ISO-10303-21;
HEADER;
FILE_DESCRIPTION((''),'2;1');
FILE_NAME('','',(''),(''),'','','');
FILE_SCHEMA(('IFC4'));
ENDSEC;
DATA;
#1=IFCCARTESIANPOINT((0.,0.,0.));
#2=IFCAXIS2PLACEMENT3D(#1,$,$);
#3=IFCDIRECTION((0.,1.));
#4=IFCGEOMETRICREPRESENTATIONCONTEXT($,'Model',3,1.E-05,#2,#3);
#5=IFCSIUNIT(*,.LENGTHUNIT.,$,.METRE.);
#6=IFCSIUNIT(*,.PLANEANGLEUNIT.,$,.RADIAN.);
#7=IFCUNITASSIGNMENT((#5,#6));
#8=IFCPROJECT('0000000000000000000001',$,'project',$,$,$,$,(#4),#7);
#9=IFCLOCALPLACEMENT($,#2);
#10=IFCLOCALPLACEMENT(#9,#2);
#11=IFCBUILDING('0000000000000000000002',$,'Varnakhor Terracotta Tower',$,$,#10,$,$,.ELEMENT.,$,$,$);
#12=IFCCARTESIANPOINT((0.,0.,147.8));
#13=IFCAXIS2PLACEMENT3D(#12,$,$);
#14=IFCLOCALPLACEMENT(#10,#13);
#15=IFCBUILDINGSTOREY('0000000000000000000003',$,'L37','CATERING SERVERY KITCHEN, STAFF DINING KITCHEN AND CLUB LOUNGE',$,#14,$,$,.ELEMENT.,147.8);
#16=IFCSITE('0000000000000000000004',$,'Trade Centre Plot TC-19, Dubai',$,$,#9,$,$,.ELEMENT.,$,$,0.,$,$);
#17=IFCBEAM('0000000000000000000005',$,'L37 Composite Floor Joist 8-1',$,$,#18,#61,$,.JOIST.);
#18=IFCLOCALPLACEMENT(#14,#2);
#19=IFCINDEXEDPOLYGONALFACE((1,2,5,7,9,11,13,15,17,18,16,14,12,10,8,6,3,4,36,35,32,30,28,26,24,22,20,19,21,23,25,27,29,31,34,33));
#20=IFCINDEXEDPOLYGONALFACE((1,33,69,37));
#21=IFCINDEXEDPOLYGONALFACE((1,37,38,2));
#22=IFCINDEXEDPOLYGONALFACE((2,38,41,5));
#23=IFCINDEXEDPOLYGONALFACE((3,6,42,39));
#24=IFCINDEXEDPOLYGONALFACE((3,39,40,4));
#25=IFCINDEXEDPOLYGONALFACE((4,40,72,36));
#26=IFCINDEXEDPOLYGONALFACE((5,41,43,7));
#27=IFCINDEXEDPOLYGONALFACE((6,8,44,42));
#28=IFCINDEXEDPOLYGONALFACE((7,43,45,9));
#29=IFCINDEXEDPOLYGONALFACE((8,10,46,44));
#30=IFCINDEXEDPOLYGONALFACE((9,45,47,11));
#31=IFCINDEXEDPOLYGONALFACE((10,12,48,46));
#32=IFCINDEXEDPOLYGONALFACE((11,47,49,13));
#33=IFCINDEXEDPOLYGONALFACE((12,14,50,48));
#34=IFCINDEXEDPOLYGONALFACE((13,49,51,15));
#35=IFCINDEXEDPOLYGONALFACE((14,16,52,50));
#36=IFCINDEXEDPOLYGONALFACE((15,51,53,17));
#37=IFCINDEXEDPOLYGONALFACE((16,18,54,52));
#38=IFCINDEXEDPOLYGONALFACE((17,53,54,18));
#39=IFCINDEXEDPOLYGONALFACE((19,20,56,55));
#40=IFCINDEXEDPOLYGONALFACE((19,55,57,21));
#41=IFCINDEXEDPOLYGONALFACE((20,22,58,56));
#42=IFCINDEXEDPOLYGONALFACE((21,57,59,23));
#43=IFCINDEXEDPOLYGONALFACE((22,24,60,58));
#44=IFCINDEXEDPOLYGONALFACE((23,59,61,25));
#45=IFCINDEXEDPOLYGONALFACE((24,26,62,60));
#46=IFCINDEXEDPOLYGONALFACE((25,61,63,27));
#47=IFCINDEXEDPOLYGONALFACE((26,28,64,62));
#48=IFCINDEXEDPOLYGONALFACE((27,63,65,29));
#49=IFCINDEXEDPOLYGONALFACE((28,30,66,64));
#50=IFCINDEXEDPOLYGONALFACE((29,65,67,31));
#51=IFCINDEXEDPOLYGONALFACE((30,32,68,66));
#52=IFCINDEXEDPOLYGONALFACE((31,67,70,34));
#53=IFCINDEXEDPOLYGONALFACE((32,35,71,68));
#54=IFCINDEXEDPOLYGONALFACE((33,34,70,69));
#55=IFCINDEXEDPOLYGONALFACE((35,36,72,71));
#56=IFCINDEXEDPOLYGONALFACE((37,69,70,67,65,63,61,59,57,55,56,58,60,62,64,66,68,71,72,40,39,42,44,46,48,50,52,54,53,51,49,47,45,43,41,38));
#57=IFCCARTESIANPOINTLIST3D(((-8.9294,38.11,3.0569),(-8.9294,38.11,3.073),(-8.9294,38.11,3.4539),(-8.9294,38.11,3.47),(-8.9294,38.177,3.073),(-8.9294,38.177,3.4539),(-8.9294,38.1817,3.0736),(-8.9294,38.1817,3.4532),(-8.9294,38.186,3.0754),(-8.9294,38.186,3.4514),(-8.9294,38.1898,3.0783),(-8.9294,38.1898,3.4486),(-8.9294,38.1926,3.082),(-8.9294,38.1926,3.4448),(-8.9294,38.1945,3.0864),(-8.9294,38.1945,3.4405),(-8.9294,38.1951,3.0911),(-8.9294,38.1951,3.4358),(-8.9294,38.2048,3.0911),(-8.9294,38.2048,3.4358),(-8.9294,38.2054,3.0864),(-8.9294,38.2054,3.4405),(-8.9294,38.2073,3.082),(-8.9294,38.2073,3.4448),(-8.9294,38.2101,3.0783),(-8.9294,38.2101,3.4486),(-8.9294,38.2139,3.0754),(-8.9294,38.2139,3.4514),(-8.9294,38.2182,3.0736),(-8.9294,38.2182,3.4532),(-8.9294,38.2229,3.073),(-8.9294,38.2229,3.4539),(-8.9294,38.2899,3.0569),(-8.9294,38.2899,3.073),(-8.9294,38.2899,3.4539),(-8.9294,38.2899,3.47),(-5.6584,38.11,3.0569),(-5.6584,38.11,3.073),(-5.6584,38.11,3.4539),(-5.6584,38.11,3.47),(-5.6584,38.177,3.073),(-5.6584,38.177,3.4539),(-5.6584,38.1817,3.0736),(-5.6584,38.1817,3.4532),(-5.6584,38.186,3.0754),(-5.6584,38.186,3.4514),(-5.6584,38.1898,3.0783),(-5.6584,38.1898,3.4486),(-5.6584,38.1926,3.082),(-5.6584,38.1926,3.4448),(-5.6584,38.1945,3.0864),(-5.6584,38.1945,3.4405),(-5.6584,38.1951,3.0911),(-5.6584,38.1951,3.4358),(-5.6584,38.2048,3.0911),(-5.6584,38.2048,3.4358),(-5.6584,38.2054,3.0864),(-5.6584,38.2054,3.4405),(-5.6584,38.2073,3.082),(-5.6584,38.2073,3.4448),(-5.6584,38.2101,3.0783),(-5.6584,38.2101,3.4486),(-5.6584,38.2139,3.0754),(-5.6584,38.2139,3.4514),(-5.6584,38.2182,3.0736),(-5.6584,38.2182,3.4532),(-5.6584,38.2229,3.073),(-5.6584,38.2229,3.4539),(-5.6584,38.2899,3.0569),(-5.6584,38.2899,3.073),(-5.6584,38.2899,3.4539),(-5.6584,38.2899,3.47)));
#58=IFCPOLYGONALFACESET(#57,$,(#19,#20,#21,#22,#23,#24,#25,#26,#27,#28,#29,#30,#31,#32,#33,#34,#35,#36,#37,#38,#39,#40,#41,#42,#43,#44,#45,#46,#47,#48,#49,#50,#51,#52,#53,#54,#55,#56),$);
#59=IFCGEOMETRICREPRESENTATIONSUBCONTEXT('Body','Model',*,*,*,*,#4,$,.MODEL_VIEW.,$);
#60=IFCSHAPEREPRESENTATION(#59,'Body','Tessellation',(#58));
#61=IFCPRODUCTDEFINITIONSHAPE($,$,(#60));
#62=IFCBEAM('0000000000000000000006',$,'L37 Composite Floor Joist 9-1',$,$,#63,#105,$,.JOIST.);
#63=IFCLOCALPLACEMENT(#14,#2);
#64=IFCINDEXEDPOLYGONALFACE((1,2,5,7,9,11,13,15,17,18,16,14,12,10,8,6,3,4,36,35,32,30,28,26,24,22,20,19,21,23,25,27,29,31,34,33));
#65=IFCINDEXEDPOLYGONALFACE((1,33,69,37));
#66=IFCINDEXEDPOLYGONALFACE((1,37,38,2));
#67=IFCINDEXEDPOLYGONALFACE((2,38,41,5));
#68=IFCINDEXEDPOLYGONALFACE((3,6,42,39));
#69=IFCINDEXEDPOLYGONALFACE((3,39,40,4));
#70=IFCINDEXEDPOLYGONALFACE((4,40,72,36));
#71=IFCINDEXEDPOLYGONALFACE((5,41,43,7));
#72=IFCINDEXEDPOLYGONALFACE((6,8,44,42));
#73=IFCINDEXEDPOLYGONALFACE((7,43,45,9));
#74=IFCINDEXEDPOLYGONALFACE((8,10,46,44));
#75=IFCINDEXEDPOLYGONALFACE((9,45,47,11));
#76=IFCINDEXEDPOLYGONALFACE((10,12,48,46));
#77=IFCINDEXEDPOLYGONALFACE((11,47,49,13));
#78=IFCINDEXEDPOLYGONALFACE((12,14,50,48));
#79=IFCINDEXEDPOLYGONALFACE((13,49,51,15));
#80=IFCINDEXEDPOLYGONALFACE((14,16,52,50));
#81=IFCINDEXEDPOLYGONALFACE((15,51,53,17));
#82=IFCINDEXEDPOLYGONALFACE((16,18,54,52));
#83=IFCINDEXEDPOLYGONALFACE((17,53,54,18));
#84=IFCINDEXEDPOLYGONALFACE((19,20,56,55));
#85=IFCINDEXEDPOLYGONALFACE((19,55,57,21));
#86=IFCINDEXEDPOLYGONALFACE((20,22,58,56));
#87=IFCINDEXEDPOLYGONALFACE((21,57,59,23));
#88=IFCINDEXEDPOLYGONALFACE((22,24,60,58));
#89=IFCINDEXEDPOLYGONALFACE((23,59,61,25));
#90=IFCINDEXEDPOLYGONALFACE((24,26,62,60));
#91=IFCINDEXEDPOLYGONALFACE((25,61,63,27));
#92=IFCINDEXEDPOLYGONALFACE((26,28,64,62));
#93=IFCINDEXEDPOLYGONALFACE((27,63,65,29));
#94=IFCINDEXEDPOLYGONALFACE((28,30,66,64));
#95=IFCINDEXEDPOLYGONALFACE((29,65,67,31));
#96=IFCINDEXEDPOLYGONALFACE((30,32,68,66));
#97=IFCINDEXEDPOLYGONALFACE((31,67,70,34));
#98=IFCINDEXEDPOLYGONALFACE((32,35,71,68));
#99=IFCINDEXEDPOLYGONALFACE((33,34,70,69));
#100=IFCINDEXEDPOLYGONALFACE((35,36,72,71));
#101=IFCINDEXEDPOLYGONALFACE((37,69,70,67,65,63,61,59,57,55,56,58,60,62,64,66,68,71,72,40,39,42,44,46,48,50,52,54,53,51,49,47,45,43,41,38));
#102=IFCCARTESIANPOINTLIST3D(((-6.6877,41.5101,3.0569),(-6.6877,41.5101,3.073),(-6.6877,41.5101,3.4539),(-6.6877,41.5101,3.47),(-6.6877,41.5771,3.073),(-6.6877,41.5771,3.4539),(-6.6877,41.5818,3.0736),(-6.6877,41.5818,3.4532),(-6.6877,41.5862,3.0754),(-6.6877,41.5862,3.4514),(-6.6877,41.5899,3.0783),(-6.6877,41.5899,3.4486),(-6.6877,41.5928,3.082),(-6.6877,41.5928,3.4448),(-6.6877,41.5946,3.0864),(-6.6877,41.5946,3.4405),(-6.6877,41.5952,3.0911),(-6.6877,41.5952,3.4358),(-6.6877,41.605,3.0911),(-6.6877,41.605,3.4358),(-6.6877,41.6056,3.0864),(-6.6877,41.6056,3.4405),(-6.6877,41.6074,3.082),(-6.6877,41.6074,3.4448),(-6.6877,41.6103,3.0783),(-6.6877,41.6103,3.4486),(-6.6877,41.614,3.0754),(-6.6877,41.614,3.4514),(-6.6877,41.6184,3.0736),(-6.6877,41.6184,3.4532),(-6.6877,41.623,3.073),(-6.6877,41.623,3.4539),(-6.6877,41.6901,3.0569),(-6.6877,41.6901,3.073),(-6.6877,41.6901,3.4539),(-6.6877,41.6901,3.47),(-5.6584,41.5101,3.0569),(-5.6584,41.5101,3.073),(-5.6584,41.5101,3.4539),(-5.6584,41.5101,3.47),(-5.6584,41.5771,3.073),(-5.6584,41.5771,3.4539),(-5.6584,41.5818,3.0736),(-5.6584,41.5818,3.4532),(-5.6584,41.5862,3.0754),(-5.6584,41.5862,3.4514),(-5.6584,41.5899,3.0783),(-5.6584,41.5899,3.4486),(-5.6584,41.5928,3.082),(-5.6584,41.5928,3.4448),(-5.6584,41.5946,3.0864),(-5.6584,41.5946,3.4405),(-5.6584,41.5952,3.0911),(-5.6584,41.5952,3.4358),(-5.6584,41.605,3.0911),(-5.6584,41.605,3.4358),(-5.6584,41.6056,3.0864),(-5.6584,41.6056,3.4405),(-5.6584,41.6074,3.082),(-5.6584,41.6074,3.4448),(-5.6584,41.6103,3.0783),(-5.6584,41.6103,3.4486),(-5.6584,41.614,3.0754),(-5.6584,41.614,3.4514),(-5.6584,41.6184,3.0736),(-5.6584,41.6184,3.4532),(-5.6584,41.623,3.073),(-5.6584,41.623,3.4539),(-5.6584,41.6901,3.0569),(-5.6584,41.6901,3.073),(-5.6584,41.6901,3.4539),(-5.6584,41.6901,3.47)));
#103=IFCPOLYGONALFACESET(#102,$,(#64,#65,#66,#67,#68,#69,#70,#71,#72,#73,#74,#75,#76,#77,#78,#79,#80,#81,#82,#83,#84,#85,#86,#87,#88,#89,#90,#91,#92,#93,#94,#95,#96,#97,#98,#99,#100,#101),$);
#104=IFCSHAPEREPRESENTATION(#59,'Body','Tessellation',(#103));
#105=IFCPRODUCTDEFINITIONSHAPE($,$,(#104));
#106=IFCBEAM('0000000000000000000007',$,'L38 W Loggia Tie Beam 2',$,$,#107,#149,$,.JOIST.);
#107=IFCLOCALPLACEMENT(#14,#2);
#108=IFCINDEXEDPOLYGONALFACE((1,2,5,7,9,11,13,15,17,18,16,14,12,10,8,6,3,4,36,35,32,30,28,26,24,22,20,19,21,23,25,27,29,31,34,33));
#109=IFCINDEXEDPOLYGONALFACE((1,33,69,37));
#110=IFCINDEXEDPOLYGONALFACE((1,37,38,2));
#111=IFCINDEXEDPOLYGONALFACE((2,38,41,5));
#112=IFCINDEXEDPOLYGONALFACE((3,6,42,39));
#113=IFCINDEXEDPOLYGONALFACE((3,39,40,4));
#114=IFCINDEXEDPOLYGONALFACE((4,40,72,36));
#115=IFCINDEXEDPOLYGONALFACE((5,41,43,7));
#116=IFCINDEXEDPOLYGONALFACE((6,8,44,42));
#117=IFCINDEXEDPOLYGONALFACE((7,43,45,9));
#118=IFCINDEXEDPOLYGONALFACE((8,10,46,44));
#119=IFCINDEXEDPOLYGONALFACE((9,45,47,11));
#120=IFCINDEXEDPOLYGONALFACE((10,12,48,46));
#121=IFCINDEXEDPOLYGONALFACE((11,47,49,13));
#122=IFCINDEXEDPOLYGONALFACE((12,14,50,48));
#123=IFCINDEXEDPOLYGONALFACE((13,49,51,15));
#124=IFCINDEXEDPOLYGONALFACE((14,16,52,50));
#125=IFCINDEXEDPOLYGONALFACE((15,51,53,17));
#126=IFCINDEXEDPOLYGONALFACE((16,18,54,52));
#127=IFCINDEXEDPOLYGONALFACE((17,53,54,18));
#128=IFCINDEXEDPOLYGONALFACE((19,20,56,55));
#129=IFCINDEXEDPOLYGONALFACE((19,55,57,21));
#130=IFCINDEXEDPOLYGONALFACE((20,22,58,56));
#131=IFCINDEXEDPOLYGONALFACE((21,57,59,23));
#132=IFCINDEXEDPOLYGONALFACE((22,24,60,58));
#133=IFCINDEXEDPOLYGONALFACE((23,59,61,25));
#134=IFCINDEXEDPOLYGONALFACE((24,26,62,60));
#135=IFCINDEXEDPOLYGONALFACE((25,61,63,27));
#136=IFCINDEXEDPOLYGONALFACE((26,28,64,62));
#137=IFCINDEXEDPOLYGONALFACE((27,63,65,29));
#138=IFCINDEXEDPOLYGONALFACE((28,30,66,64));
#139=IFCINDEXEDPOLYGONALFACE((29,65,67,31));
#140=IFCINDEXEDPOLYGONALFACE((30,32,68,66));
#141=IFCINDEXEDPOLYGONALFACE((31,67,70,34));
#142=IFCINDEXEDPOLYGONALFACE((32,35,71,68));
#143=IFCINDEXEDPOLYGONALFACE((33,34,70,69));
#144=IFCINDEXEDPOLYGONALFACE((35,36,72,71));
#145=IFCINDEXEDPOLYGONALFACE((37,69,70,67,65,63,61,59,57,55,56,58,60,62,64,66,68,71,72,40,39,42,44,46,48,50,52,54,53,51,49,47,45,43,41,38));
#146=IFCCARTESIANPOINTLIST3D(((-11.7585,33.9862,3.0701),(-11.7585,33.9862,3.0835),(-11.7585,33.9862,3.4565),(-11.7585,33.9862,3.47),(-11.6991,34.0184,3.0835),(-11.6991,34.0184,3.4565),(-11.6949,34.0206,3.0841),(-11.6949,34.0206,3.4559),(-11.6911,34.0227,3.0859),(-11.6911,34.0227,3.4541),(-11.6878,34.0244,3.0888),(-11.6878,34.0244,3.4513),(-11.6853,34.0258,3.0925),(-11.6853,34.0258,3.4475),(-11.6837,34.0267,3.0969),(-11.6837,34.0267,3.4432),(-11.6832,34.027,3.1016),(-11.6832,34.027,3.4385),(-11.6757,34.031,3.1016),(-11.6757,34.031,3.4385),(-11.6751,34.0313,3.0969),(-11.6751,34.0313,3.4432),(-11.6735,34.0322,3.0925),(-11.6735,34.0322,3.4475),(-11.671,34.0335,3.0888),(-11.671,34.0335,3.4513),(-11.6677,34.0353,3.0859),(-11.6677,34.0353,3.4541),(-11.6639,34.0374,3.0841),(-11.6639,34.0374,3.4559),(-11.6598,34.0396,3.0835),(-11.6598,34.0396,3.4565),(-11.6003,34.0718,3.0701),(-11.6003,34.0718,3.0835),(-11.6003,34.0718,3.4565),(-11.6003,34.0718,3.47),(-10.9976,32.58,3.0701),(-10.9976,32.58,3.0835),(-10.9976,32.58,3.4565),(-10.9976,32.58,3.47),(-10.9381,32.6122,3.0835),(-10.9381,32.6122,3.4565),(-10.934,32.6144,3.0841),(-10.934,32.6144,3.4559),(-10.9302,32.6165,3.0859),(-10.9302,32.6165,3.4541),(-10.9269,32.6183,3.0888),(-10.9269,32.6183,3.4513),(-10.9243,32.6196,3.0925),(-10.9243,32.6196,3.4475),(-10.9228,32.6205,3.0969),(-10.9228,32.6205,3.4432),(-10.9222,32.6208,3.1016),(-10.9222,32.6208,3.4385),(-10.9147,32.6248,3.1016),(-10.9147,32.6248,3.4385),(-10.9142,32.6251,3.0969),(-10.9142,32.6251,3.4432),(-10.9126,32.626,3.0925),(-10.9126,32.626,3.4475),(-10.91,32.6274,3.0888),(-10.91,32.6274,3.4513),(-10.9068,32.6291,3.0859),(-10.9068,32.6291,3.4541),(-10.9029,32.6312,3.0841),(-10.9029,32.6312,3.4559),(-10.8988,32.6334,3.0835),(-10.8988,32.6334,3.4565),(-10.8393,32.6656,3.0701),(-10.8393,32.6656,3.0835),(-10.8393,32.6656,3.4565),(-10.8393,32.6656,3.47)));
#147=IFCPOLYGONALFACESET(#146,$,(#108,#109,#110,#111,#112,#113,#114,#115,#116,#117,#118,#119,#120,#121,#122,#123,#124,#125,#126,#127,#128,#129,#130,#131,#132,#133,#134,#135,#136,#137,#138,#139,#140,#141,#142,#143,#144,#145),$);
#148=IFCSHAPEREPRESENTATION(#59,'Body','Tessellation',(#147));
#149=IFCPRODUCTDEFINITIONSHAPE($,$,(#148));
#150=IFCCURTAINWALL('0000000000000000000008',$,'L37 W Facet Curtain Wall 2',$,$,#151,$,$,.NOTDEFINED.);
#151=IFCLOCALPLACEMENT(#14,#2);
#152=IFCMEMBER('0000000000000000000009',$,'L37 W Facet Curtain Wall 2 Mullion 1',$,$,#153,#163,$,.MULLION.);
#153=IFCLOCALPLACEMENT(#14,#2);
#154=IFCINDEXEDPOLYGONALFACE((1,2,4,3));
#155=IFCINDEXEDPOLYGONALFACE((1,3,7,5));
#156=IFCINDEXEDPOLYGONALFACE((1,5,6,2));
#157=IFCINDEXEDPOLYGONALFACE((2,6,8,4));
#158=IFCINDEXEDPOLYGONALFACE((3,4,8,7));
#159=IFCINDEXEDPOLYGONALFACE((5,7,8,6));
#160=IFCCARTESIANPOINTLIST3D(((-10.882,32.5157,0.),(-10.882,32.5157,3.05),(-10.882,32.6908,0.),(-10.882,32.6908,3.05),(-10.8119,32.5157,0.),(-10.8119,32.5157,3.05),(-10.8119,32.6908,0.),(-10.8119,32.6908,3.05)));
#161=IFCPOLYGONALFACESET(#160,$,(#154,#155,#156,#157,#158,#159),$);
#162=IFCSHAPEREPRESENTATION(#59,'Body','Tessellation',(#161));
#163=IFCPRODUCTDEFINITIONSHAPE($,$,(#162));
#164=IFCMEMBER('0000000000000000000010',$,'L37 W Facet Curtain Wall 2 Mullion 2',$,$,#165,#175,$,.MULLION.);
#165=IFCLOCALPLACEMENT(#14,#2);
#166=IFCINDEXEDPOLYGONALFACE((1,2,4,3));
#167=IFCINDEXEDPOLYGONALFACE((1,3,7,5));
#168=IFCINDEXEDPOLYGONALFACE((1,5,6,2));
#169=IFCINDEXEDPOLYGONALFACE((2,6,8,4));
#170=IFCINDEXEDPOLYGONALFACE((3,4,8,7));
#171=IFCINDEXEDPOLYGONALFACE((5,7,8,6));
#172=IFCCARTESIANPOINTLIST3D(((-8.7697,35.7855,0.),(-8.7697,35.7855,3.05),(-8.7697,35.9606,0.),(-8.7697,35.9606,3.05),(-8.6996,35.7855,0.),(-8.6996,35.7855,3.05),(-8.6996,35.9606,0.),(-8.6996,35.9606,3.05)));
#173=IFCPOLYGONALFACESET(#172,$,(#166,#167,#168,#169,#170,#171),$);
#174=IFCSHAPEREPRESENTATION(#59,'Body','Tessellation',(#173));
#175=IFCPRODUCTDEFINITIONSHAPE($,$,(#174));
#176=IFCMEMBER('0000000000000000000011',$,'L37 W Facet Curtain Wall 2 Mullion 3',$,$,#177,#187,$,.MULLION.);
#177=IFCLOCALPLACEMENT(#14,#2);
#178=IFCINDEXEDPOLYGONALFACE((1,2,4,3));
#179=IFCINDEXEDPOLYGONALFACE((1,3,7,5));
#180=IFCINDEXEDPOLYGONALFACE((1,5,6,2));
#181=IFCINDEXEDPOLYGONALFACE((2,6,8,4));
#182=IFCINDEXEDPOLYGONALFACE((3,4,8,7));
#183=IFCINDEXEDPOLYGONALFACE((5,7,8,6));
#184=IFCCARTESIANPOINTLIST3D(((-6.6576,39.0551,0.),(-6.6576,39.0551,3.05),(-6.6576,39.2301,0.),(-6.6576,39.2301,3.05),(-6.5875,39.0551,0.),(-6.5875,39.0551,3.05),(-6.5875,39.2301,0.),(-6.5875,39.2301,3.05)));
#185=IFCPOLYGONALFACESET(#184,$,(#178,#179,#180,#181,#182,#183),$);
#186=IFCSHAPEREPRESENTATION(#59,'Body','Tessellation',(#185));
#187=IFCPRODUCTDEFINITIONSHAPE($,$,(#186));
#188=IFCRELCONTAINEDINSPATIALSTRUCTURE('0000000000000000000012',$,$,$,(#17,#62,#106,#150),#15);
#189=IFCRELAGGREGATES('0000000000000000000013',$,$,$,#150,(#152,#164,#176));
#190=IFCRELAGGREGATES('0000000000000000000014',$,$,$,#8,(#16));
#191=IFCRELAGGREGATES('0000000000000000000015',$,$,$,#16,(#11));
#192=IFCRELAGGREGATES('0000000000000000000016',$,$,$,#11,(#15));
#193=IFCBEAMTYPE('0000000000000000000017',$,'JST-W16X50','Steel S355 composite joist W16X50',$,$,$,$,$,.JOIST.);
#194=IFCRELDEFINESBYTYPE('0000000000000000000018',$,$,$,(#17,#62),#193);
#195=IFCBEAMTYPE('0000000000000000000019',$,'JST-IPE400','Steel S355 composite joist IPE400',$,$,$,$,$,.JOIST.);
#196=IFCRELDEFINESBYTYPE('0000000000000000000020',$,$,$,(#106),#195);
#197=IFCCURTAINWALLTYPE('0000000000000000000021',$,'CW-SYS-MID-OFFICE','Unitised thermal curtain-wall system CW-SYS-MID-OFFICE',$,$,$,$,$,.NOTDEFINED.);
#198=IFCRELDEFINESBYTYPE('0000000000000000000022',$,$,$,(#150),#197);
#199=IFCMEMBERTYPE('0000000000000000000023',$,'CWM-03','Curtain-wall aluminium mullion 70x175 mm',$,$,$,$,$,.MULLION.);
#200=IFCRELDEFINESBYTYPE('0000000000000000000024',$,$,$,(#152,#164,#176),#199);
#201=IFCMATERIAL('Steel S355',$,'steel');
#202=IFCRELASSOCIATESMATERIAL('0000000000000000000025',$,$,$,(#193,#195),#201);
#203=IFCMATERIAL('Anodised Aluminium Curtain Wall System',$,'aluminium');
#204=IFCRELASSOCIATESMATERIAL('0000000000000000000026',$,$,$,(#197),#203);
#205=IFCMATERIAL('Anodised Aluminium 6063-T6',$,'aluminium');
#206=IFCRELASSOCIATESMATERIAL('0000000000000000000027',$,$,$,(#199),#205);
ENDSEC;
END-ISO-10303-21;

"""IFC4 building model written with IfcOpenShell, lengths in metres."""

from ifc_helpers import new_model, si_unit, direction, frame, origin, origin_2d, place, context, subcontext, project, spatial, rectangle, i_section, extrude, source, transform, mapped, material, material_profile, profile_set, type_object, element, aggregate, save


model = new_model("IFC4")

# Units and contexts
model_context = context("Model", 3, precision=1e-05, world=origin(), true_north=direction((0.0, 1.0)))
body_context = subcontext(model_context, "Body", "Model", "MODEL_VIEW")
ifc_project = project(units=[si_unit("LENGTHUNIT", "METRE"), si_unit("PLANEANGLEUNIT", "RADIAN")], contexts=[model_context])

# Site, building, storey
site_placement = place(None, origin())
site = spatial("IfcSite", under=ifc_project, at=site_placement, Name="Trade Centre Plot TC-19, Dubai", CompositionType="ELEMENT", RefElevation=0.0)
building_placement = place(site_placement, origin())
building = spatial("IfcBuilding", under=site, at=building_placement, Name="Varnakhor Terracotta Tower", CompositionType="ELEMENT")
storey_placement = place(building_placement, frame((0.0, 0.0, 147.8)))
storey = spatial("IfcBuildingStorey", under=building, at=storey_placement, Name="L37", Description="CATERING SERVERY KITCHEN, STAFF DINING KITCHEN AND CLUB LOUNGE", CompositionType="ELEMENT", Elevation=147.8)

# Beams
ifc_material_1 = material(Name="Steel S355", Category="steel")
ifc_material_profile_1 = material_profile(ifc_material_1, i_section(OverallWidth=0.1799, OverallDepth=0.4131, WebThickness=0.0098, FlangeThickness=0.0161, FilletRadius=0.0181, at=origin_2d()), Name="W16X50")
ifc_profile_set_1 = profile_set([ifc_material_profile_1], Name="Steel S355")
beam_type_1 = type_object("IfcBeamType", Name="JST-W16X50", Description="Steel S355 composite joist W16X50", PredefinedType="JOIST", material=ifc_profile_set_1)
ifc_material_profile_2 = material_profile(ifc_material_1, i_section(OverallWidth=0.1799, OverallDepth=0.3999, WebThickness=0.0085, FlangeThickness=0.0134, FilletRadius=0.0181, at=origin_2d()), Name="IPE400")
ifc_profile_set_2 = profile_set([ifc_material_profile_2], Name="Steel S355")
beam_type_2 = type_object("IfcBeamType", Name="JST-IPE400", Description="Steel S355 composite joist IPE400", PredefinedType="JOIST", material=ifc_profile_set_2)
shared_shape_1 = source(origin(), body_context, "Body", "SweptSolid", [
    extrude(i_section(OverallWidth=0.1799, OverallDepth=0.4131, WebThickness=0.0098, FlangeThickness=0.0161, FilletRadius=0.0181, at=origin_2d()), origin(), (0.0, 0.0, 1.0), 3.271),
])
beam_1_placement = place(storey_placement, frame((-8.9294, 38.2, 3.2634), z_axis=(1.0, 0.0, 0.0), x_axis=(0.0, 1.0, 0.0)))
element("IfcBeam", 1, at=beam_1_placement, inside=storey, type_object=beam_type_1, Name="L37 Composite Floor Joist 8-1", PredefinedType="JOIST", context=body_context, shape_type="MappedRepresentation", body=[
    mapped(shared_shape_1, transform((0.0, 0.0, 0.0), scale=1.0)),
])
shared_shape_2 = source(origin(), body_context, "Body", "SweptSolid", [
    extrude(i_section(OverallWidth=0.1799, OverallDepth=0.4131, WebThickness=0.0098, FlangeThickness=0.0161, FilletRadius=0.0181, at=origin_2d()), origin(), (0.0, 0.0, 1.0), 1.0293),
])
beam_2_placement = place(storey_placement, frame((-6.6877, 41.6001, 3.2634), z_axis=(1.0, 0.0, 0.0), x_axis=(0.0, 1.0, 0.0)))
element("IfcBeam", 2, at=beam_2_placement, inside=storey, type_object=beam_type_1, Name="L37 Composite Floor Joist 9-1", PredefinedType="JOIST", context=body_context, shape_type="MappedRepresentation", body=[
    mapped(shared_shape_2, transform((0.0, 0.0, 0.0), scale=1.0)),
])
shared_shape_3 = source(origin(), body_context, "Body", "SweptSolid", [
    extrude(i_section(OverallWidth=0.1799, OverallDepth=0.3999, WebThickness=0.0085, FlangeThickness=0.0134, FilletRadius=0.0181, at=origin_2d()), origin(), (0.0, 0.0, 1.0), 1.5989),
])
beam_3_placement = place(storey_placement, frame((-10.9185, 32.6228, 3.27), z_axis=(-0.475929, 0.879484, 0.0), x_axis=(-0.879484, -0.475929, 0.0)))
element("IfcBeam", 3, at=beam_3_placement, inside=storey, type_object=beam_type_2, Name="L38 W Loggia Tie Beam 2", PredefinedType="JOIST", context=body_context, shape_type="MappedRepresentation", body=[
    mapped(shared_shape_3, transform((0.0, 0.0, 0.0), scale=1.0)),
])

# Curtain wall, members
ifc_material_2 = material(Name="Anodised Aluminium Curtain Wall System", Category="aluminium")
curtain_wall_type = type_object("IfcCurtainWallType", Name="CW-SYS-MID-OFFICE", Description="Unitised thermal curtain-wall system CW-SYS-MID-OFFICE", PredefinedType="NOTDEFINED", material=ifc_material_2)
curtain_wall_1_placement = place(storey_placement, origin())
curtain_wall_1 = element("IfcCurtainWall", 4, at=curtain_wall_1_placement, inside=storey, type_object=curtain_wall_type, Name="L37 W Facet Curtain Wall 2", PredefinedType="NOTDEFINED")
ifc_material_3 = material(Name="Anodised Aluminium 6063-T6", Category="aluminium")
ifc_material_profile_3 = material_profile(ifc_material_3, rectangle(XDim=0.0701, YDim=0.175, at=origin_2d()), Name="ALU MULLION 70x175")
ifc_profile_set_3 = profile_set([ifc_material_profile_3], Name="Anodised Aluminium 6063-T6")
member_type_1 = type_object("IfcMemberType", Name="CWM-03", Description="Curtain-wall aluminium mullion 70x175 mm", PredefinedType="MULLION", material=ifc_profile_set_3)
shared_shape_4 = source(origin(), body_context, "Body", "SweptSolid", [
    extrude(rectangle(XDim=0.0701, YDim=0.175, at=origin_2d()), origin(), (0.0, 0.0, 1.0), 3.05),
])
member_1_placement = place(storey_placement, frame((-10.8469, 32.6033, 0.0), z_axis=(0.0, 0.0, 1.0), x_axis=(1.0, 0.0, 0.0)))
member_1 = element("IfcMember", 5, at=member_1_placement, type_object=member_type_1, Name="L37 W Facet Curtain Wall 2 Mullion 1", PredefinedType="MULLION", context=body_context, shape_type="MappedRepresentation", body=[
    mapped(shared_shape_4, transform((0.0, 0.0, 0.0), scale=1.0)),
])
member_2_placement = place(storey_placement, frame((-8.7346, 35.873, 0.0), z_axis=(0.0, 0.0, 1.0), x_axis=(1.0, 0.0, 0.0)))
member_2 = element("IfcMember", 6, at=member_2_placement, type_object=member_type_1, Name="L37 W Facet Curtain Wall 2 Mullion 2", PredefinedType="MULLION", context=body_context, shape_type="MappedRepresentation", body=[
    mapped(shared_shape_4, transform((0.0, 0.0, 0.0), scale=1.0)),
])
member_3_placement = place(storey_placement, frame((-6.6226, 39.1426, 0.0), z_axis=(0.0, 0.0, 1.0), x_axis=(1.0, 0.0, 0.0)))
member_3 = element("IfcMember", 7, at=member_3_placement, type_object=member_type_1, Name="L37 W Facet Curtain Wall 2 Mullion 3", PredefinedType="MULLION", context=body_context, shape_type="MappedRepresentation", body=[
    mapped(shared_shape_4, transform((0.0, 0.0, 0.0), scale=1.0)),
])

aggregate(curtain_wall_1, [member_1, member_2, member_3])

save(model, "model.ifc")
